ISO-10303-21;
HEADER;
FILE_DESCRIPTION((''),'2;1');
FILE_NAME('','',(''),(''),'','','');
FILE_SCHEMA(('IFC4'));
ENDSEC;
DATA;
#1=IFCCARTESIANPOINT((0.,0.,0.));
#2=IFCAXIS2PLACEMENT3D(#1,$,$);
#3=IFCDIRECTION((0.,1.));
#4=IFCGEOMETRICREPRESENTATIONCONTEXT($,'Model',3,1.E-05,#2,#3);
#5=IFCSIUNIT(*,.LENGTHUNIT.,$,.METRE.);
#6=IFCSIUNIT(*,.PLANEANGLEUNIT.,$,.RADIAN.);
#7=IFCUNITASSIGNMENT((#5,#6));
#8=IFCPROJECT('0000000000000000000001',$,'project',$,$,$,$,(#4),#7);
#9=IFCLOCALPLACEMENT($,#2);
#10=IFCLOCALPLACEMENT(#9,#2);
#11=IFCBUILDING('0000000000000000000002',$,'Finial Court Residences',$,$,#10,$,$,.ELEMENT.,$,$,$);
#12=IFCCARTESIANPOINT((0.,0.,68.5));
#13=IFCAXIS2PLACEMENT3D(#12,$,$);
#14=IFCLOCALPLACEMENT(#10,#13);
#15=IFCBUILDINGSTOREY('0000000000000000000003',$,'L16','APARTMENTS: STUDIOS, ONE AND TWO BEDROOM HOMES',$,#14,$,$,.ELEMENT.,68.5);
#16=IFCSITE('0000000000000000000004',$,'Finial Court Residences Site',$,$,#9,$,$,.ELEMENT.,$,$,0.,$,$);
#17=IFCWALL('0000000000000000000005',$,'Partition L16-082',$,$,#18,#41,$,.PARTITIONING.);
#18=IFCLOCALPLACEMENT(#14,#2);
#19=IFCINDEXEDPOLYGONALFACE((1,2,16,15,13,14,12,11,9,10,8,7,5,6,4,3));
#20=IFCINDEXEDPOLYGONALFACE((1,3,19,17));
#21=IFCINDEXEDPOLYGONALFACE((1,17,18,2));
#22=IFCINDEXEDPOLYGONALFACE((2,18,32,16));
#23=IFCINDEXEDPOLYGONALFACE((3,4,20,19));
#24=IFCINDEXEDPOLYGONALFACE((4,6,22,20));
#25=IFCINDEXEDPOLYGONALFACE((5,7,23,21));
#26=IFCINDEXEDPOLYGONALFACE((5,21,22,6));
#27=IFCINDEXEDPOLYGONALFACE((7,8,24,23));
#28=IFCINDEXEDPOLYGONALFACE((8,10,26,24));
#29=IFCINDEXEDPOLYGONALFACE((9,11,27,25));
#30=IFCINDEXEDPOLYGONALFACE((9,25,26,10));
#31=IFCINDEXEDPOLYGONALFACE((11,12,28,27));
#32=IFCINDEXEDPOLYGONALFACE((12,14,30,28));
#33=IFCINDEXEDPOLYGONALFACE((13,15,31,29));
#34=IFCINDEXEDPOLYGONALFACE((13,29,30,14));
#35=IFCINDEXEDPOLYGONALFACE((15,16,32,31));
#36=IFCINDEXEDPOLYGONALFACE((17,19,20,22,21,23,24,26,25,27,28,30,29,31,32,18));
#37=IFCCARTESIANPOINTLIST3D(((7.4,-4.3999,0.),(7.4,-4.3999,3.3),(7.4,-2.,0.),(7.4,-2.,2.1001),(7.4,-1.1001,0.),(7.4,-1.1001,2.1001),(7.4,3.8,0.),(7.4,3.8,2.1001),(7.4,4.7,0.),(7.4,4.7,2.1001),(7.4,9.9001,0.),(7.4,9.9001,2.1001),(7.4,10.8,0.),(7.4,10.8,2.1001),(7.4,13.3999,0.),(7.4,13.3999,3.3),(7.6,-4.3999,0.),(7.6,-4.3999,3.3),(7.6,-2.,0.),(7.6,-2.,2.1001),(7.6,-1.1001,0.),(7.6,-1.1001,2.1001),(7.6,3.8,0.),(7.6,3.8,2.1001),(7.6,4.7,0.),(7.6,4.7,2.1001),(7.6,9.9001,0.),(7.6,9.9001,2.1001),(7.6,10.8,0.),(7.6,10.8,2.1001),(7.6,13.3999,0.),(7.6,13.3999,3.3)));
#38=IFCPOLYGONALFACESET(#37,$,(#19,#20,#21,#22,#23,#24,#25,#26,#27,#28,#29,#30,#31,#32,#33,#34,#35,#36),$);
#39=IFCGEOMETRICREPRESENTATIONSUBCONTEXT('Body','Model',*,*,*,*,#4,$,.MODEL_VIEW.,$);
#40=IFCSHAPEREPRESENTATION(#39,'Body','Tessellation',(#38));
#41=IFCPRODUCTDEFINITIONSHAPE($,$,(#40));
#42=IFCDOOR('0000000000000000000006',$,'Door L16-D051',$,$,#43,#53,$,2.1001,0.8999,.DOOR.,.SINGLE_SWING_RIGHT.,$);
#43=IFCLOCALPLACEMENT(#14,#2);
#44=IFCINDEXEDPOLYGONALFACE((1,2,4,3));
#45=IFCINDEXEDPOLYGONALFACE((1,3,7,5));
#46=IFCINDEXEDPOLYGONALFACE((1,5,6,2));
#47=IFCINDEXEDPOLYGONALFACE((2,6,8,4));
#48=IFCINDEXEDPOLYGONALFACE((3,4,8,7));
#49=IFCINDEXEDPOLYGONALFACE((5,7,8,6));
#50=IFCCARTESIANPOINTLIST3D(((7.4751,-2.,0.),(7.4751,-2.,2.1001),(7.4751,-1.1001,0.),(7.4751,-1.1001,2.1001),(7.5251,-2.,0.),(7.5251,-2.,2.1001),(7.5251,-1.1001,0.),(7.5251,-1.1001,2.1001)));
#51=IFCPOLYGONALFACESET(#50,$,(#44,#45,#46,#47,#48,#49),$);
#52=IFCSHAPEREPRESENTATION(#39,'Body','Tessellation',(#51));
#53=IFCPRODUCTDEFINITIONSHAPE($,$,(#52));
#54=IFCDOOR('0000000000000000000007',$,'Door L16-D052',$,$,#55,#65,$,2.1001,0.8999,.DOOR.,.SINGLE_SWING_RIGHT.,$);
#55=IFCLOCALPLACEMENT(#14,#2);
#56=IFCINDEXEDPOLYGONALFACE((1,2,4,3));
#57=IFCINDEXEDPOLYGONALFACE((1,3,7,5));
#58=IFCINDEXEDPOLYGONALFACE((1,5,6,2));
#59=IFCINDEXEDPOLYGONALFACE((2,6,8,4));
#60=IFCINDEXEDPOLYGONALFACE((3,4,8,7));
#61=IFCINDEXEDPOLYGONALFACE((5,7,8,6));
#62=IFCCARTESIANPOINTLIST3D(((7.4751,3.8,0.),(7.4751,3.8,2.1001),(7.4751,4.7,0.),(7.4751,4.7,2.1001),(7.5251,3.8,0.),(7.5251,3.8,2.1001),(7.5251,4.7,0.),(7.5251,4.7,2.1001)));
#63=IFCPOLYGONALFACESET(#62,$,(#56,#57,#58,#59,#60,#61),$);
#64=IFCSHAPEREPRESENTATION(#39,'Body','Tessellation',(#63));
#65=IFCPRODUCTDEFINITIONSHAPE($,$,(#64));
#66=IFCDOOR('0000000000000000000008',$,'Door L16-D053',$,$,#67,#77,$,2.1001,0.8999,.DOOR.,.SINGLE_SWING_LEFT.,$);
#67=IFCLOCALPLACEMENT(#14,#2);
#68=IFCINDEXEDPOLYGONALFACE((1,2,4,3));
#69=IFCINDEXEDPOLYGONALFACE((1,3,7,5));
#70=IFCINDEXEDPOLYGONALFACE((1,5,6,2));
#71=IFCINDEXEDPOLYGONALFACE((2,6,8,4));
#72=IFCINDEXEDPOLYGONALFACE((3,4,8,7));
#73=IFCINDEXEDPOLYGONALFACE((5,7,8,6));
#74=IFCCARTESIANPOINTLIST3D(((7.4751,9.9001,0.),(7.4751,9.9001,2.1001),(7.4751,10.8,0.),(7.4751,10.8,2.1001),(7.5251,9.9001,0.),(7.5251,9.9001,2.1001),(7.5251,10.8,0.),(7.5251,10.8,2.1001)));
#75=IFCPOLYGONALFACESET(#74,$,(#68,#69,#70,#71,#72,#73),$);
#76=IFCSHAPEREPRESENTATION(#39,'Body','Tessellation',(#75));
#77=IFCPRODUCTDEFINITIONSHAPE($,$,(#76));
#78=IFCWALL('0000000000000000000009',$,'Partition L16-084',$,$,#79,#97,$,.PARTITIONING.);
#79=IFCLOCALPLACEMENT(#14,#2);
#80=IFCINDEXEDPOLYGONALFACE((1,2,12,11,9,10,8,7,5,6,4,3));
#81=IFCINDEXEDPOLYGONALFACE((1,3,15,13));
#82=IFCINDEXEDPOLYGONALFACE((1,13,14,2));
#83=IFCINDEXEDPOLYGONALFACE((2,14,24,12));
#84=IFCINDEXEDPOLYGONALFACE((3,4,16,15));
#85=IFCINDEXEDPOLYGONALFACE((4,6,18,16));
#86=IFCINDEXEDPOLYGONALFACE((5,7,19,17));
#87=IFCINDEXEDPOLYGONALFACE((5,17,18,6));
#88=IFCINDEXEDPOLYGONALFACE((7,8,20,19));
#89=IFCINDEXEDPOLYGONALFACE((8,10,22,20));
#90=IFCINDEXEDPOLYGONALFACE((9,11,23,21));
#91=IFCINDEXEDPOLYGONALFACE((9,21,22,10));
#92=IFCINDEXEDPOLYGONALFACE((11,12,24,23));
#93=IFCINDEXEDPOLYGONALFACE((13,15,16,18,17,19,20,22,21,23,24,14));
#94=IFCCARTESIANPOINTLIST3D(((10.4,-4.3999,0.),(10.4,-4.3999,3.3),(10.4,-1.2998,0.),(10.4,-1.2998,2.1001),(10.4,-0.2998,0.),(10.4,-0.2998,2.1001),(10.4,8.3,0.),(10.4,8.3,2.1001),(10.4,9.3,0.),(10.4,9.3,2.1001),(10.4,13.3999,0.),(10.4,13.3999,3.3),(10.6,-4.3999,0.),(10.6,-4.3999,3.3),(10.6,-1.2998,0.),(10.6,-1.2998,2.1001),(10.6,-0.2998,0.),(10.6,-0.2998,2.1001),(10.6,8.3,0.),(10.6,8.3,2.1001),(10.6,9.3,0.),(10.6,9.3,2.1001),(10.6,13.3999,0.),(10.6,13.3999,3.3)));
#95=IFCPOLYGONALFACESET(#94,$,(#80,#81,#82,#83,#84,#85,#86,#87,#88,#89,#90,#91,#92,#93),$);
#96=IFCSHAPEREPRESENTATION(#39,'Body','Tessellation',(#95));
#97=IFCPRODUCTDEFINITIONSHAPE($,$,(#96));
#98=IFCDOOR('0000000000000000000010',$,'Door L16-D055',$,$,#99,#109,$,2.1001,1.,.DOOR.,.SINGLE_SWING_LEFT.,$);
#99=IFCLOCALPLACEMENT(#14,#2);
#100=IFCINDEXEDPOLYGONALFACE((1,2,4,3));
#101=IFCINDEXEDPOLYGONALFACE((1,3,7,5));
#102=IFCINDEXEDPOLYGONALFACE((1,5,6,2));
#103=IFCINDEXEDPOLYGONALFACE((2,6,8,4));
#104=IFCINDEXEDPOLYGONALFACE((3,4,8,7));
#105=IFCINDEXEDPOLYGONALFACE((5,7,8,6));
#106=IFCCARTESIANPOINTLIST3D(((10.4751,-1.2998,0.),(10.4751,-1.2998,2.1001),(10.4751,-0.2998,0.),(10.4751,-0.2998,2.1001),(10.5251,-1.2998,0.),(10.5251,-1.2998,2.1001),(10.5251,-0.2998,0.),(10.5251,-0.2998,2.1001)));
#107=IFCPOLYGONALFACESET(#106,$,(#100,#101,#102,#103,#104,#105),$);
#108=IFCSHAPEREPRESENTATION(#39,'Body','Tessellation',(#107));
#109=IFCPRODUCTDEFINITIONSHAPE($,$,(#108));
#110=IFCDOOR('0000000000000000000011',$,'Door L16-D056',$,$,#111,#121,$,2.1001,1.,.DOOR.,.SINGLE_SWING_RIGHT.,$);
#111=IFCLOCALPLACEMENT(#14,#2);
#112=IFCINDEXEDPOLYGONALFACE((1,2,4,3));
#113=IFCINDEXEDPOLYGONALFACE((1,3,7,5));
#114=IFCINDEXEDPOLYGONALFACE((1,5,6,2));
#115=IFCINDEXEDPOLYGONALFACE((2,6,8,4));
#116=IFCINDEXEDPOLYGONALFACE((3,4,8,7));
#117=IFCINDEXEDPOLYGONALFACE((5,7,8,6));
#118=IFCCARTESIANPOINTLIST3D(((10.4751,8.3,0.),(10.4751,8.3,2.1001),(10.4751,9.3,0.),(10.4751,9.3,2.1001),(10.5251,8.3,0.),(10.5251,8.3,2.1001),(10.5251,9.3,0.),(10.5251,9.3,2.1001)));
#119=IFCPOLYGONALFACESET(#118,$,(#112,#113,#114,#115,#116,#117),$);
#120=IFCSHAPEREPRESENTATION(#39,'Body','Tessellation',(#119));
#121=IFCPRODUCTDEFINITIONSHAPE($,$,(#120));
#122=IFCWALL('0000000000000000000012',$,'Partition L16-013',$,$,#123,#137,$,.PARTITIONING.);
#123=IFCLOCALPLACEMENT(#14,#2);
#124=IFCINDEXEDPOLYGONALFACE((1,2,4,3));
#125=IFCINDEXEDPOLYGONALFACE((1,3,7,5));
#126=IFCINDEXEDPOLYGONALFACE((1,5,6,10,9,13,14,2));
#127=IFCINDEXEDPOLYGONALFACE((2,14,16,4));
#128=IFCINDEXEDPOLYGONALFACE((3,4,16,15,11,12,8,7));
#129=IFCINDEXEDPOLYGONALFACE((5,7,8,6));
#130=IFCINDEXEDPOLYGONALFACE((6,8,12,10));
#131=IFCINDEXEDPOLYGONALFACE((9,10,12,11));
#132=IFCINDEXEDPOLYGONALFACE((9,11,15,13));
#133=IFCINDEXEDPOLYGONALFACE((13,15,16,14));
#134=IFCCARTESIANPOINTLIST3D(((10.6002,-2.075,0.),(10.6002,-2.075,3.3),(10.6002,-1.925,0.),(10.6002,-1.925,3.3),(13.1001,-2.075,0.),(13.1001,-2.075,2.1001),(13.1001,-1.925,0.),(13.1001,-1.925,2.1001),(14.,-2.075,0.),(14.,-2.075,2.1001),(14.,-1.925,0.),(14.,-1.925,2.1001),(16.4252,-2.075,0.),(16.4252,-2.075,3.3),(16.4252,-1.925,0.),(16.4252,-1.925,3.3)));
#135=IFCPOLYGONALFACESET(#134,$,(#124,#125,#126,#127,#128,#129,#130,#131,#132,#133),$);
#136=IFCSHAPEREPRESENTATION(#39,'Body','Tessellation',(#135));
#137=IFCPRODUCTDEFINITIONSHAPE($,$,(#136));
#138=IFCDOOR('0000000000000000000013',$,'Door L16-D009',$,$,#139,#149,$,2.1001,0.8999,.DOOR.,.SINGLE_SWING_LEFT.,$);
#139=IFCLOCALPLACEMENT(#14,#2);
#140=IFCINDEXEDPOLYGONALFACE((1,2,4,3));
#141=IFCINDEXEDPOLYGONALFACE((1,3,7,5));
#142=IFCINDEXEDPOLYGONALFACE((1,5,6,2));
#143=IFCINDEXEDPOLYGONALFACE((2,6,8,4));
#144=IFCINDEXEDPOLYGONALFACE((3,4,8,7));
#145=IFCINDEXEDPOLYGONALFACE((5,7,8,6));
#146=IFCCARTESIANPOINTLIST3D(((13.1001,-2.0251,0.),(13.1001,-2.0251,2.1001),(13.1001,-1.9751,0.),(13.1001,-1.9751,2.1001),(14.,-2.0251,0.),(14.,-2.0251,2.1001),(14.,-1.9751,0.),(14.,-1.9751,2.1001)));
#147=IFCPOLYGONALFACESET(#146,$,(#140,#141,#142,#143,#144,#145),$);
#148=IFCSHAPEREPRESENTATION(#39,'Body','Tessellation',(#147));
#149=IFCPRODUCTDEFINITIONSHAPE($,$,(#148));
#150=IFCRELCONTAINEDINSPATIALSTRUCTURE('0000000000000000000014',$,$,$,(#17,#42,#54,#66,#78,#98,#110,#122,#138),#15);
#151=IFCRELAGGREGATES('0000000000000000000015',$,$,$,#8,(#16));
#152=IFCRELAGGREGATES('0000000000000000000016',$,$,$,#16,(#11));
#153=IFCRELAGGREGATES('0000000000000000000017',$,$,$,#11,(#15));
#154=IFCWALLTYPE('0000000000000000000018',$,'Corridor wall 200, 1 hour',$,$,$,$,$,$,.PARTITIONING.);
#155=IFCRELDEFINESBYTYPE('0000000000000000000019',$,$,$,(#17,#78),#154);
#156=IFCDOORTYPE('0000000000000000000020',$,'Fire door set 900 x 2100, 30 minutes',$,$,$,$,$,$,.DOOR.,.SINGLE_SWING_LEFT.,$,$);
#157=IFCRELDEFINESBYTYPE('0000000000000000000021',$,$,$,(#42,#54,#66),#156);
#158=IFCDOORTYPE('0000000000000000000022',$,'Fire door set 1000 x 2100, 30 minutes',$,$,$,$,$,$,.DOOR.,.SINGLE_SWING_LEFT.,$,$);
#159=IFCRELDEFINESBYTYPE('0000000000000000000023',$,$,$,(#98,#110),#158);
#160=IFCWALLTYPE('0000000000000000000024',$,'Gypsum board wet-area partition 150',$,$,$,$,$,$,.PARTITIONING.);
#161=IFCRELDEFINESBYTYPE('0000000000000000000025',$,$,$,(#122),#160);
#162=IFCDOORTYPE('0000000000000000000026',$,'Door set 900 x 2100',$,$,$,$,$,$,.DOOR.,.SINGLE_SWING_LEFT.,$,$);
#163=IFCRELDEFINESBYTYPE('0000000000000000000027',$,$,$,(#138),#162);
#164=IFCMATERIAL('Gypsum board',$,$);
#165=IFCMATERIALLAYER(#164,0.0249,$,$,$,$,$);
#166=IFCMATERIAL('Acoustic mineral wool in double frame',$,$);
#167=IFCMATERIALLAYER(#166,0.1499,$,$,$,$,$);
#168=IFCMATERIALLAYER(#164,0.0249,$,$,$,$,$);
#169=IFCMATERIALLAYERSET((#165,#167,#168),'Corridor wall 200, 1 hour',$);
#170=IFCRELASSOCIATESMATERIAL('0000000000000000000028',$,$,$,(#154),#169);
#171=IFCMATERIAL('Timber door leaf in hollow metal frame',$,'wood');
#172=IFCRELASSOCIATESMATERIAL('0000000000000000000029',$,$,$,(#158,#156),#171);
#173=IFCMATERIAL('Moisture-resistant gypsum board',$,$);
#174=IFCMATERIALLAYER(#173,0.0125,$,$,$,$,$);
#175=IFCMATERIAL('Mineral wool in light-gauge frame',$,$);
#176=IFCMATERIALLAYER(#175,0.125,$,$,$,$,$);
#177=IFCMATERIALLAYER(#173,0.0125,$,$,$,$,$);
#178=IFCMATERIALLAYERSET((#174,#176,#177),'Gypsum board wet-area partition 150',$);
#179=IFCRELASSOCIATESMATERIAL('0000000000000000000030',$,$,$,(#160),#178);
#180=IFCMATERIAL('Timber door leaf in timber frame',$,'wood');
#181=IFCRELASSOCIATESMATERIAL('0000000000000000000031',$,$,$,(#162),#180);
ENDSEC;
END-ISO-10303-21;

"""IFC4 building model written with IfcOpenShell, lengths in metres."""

from ifc_helpers import new_model, si_unit, direction, frame, frame_2d, origin, place, context, subcontext, project, spatial, rectangle, extrude, material, layer, layer_set, type_object, element, fill, save


model = new_model("IFC4")

# Units and contexts
model_context = context("Model", 3, precision=1e-05, world=origin(), true_north=direction((0.0, 1.0)))
body_context = subcontext(model_context, "Body", "Model", "MODEL_VIEW")
ifc_project = project(units=[si_unit("LENGTHUNIT", "METRE"), si_unit("PLANEANGLEUNIT", "RADIAN")], contexts=[model_context])

# Site, building, storey
site_placement = place(None, origin())
site = spatial("IfcSite", under=ifc_project, at=site_placement, Name="Finial Court Residences Site", CompositionType="ELEMENT", RefElevation=0.0)
building_placement = place(site_placement, origin())
building = spatial("IfcBuilding", under=site, at=building_placement, Name="Finial Court Residences", CompositionType="ELEMENT")
storey_placement = place(building_placement, frame((0.0, 0.0, 68.5)))
storey = spatial("IfcBuildingStorey", under=building, at=storey_placement, Name="L16", Description="APARTMENTS: STUDIOS, ONE AND TWO BEDROOM HOMES", CompositionType="ELEMENT", Elevation=68.5)

# Shared definitions
ifc_material_1 = material(Name="Gypsum board")
ifc_layer_1 = layer(ifc_material_1, 0.0249)
ifc_material_2 = material(Name="Acoustic mineral wool in double frame")
ifc_layer_2 = layer(ifc_material_2, 0.1499)
ifc_layer_3 = layer(ifc_material_1, 0.0249)
ifc_layer_set_1 = layer_set([ifc_layer_1, ifc_layer_2, ifc_layer_3], Name="Corridor wall 200, 1 hour")
wall_type_1 = type_object("IfcWallType", Name="Corridor wall 200, 1 hour", PredefinedType="PARTITIONING", material=ifc_layer_set_1)
ifc_material_3 = material(Name="Timber door leaf in hollow metal frame", Category="wood")
door_type_1 = type_object("IfcDoorType", Name="Fire door set 1000 x 2100, 30 minutes", OperationType="SINGLE_SWING_LEFT", PredefinedType="DOOR", material=ifc_material_3)

# Walls, openings, doors
wall_1_placement = place(storey_placement, frame((7.5, -4.3999, 0.0), z_axis=(0.0, 0.0, 1.0), x_axis=(0.0, 1.0, 0.0)))
wall_1 = element("IfcWall", 1, at=wall_1_placement, inside=storey, type_object=wall_type_1, Name="Partition L16-082", PredefinedType="PARTITIONING", context=body_context, shape_type="SweptSolid", body=[
    extrude(rectangle(XDim=17.7998, YDim=0.2, at=frame_2d((8.8999, 0.0))), origin(), (0.0, 0.0, 1.0), 3.3),
])
opening_1_placement = place(wall_1_placement, frame((2.3999, 0.0, 0.0)))
opening_1 = element("IfcOpeningElement", 2, at=opening_1_placement, cuts=wall_1, PredefinedType="OPENING", context=body_context, shape_type="SweptSolid", body=[
    extrude(rectangle(XDim=0.8999, YDim=2.1001, at=frame_2d((0.45, 1.05))), frame((0.0, 0.1099, 0.0), z_axis=(0.0, -1.0, 0.0), x_axis=(1.0, 0.0, 0.0)), (0.0, 0.0, 1.0), 0.22),
])
opening_2_placement = place(wall_1_placement, frame((8.2, 0.0, 0.0)))
opening_2 = element("IfcOpeningElement", 3, at=opening_2_placement, cuts=wall_1, PredefinedType="OPENING", context=body_context, shape_type="SweptSolid", body=[
    extrude(rectangle(XDim=0.8999, YDim=2.1001, at=frame_2d((0.45, 1.05))), frame((0.0, 0.1099, 0.0), z_axis=(0.0, -1.0, 0.0), x_axis=(1.0, 0.0, 0.0)), (0.0, 0.0, 1.0), 0.22),
])
opening_3_placement = place(wall_1_placement, frame((14.3, 0.0, 0.0)))
opening_3 = element("IfcOpeningElement", 4, at=opening_3_placement, cuts=wall_1, PredefinedType="OPENING", context=body_context, shape_type="SweptSolid", body=[
    extrude(rectangle(XDim=0.8999, YDim=2.1001, at=frame_2d((0.45, 1.05))), frame((0.0, 0.1099, 0.0), z_axis=(0.0, -1.0, 0.0), x_axis=(1.0, 0.0, 0.0)), (0.0, 0.0, 1.0), 0.22),
])
door_type_2 = type_object("IfcDoorType", Name="Fire door set 900 x 2100, 30 minutes", OperationType="SINGLE_SWING_LEFT", PredefinedType="DOOR", material=ifc_material_3)
door_1_placement = place(opening_1_placement, origin())
door_1 = element("IfcDoor", 5, at=door_1_placement, inside=storey, type_object=door_type_2, Name="Door L16-D051", OperationType="SINGLE_SWING_RIGHT", OverallHeight=2.1001, OverallWidth=0.8999, PredefinedType="DOOR", context=body_context, shape_type="SweptSolid", body=[
    extrude(rectangle(XDim=0.8999, YDim=2.1001, at=frame_2d((0.45, 1.05))), frame((0.0, 0.0249, 0.0), z_axis=(0.0, -1.0, 0.0), x_axis=(1.0, 0.0, 0.0)), (0.0, 0.0, 1.0), 0.05),
])
fill(opening_1, door_1)
door_2_placement = place(opening_2_placement, origin())
door_2 = element("IfcDoor", 6, at=door_2_placement, inside=storey, type_object=door_type_2, Name="Door L16-D052", OperationType="SINGLE_SWING_RIGHT", OverallHeight=2.1001, OverallWidth=0.8999, PredefinedType="DOOR", context=body_context, shape_type="SweptSolid", body=[
    extrude(rectangle(XDim=0.8999, YDim=2.1001, at=frame_2d((0.45, 1.05))), frame((0.0, 0.0249, 0.0), z_axis=(0.0, -1.0, 0.0), x_axis=(1.0, 0.0, 0.0)), (0.0, 0.0, 1.0), 0.05),
])
fill(opening_2, door_2)
door_3_placement = place(opening_3_placement, origin())
door_3 = element("IfcDoor", 7, at=door_3_placement, inside=storey, type_object=door_type_2, Name="Door L16-D053", OperationType="SINGLE_SWING_LEFT", OverallHeight=2.1001, OverallWidth=0.8999, PredefinedType="DOOR", context=body_context, shape_type="SweptSolid", body=[
    extrude(rectangle(XDim=0.8999, YDim=2.1001, at=frame_2d((0.45, 1.05))), frame((0.0, 0.0249, 0.0), z_axis=(0.0, -1.0, 0.0), x_axis=(1.0, 0.0, 0.0)), (0.0, 0.0, 1.0), 0.05),
])
fill(opening_3, door_3)
wall_2_placement = place(storey_placement, frame((10.5, -4.3999, 0.0), z_axis=(0.0, 0.0, 1.0), x_axis=(0.0, 1.0, 0.0)))
wall_2 = element("IfcWall", 8, at=wall_2_placement, inside=storey, type_object=wall_type_1, Name="Partition L16-084", PredefinedType="PARTITIONING", context=body_context, shape_type="SweptSolid", body=[
    extrude(rectangle(XDim=17.7998, YDim=0.2, at=frame_2d((8.8999, 0.0))), origin(), (0.0, 0.0, 1.0), 3.3),
])
opening_4_placement = place(wall_2_placement, frame((3.1001, 0.0, 0.0)))
opening_4 = element("IfcOpeningElement", 9, at=opening_4_placement, cuts=wall_2, PredefinedType="OPENING", context=body_context, shape_type="SweptSolid", body=[
    extrude(rectangle(XDim=1.0, YDim=2.1001, at=frame_2d((0.5, 1.05))), frame((0.0, 0.1099, 0.0), z_axis=(0.0, -1.0, 0.0), x_axis=(1.0, 0.0, 0.0)), (0.0, 0.0, 1.0), 0.22),
])
opening_5_placement = place(wall_2_placement, frame((12.7, 0.0, 0.0)))
opening_5 = element("IfcOpeningElement", 10, at=opening_5_placement, cuts=wall_2, PredefinedType="OPENING", context=body_context, shape_type="SweptSolid", body=[
    extrude(rectangle(XDim=1.0, YDim=2.1001, at=frame_2d((0.5, 1.05))), frame((0.0, 0.1099, 0.0), z_axis=(0.0, -1.0, 0.0), x_axis=(1.0, 0.0, 0.0)), (0.0, 0.0, 1.0), 0.22),
])
door_4_placement = place(opening_4_placement, origin())
door_4 = element("IfcDoor", 11, at=door_4_placement, inside=storey, type_object=door_type_1, Name="Door L16-D055", OperationType="SINGLE_SWING_LEFT", OverallHeight=2.1001, OverallWidth=1.0, PredefinedType="DOOR", context=body_context, shape_type="SweptSolid", body=[
    extrude(rectangle(XDim=1.0, YDim=2.1001, at=frame_2d((0.5, 1.05))), frame((0.0, 0.0249, 0.0), z_axis=(0.0, -1.0, 0.0), x_axis=(1.0, 0.0, 0.0)), (0.0, 0.0, 1.0), 0.05),
])
fill(opening_4, door_4)
door_5_placement = place(opening_5_placement, origin())
door_5 = element("IfcDoor", 12, at=door_5_placement, inside=storey, type_object=door_type_1, Name="Door L16-D056", OperationType="SINGLE_SWING_RIGHT", OverallHeight=2.1001, OverallWidth=1.0, PredefinedType="DOOR", context=body_context, shape_type="SweptSolid", body=[
    extrude(rectangle(XDim=1.0, YDim=2.1001, at=frame_2d((0.5, 1.05))), frame((0.0, 0.0249, 0.0), z_axis=(0.0, -1.0, 0.0), x_axis=(1.0, 0.0, 0.0)), (0.0, 0.0, 1.0), 0.05),
])
fill(opening_5, door_5)

# Wall, opening, door
ifc_material_4 = material(Name="Moisture-resistant gypsum board")
ifc_layer_4 = layer(ifc_material_4, 0.0125)
ifc_material_5 = material(Name="Mineral wool in light-gauge frame")
ifc_layer_5 = layer(ifc_material_5, 0.125)
ifc_layer_6 = layer(ifc_material_4, 0.0125)
ifc_layer_set_2 = layer_set([ifc_layer_4, ifc_layer_5, ifc_layer_6], Name="Gypsum board wet-area partition 150")
wall_type_2 = type_object("IfcWallType", Name="Gypsum board wet-area partition 150", PredefinedType="PARTITIONING", material=ifc_layer_set_2)
wall_3_placement = place(storey_placement, frame((10.6001, -2.0, 0.0), z_axis=(0.0, 0.0, 1.0), x_axis=(1.0, 0.0, 0.0)))
wall_3 = element("IfcWall", 13, at=wall_3_placement, inside=storey, type_object=wall_type_2, Name="Partition L16-013", PredefinedType="PARTITIONING", context=body_context, shape_type="SweptSolid", body=[
    extrude(rectangle(XDim=5.825, YDim=0.1499, at=frame_2d((2.9126, 0.0))), origin(), (0.0, 0.0, 1.0), 3.3),
])
opening_6_placement = place(wall_3_placement, frame((2.5, 0.0, 0.0)))
opening_6 = element("IfcOpeningElement", 14, at=opening_6_placement, cuts=wall_3, PredefinedType="OPENING", context=body_context, shape_type="SweptSolid", body=[
    extrude(rectangle(XDim=0.8999, YDim=2.1001, at=frame_2d((0.45, 1.05))), frame((0.0, 0.085, 0.0), z_axis=(0.0, -1.0, 0.0), x_axis=(1.0, 0.0, 0.0)), (0.0, 0.0, 1.0), 0.1699),
])
ifc_material_6 = material(Name="Timber door leaf in timber frame", Category="wood")
door_type_3 = type_object("IfcDoorType", Name="Door set 900 x 2100", OperationType="SINGLE_SWING_LEFT", PredefinedType="DOOR", material=ifc_material_6)
door_6_placement = place(opening_6_placement, origin())
door_6 = element("IfcDoor", 15, at=door_6_placement, inside=storey, type_object=door_type_3, Name="Door L16-D009", OperationType="SINGLE_SWING_LEFT", OverallHeight=2.1001, OverallWidth=0.8999, PredefinedType="DOOR", context=body_context, shape_type="SweptSolid", body=[
    extrude(rectangle(XDim=0.8999, YDim=2.1001, at=frame_2d((0.45, 1.05))), frame((0.0, 0.0249, 0.0), z_axis=(0.0, -1.0, 0.0), x_axis=(1.0, 0.0, 0.0)), (0.0, 0.0, 1.0), 0.05),
])
fill(opening_6, door_6)

save(model, "model.ifc")
